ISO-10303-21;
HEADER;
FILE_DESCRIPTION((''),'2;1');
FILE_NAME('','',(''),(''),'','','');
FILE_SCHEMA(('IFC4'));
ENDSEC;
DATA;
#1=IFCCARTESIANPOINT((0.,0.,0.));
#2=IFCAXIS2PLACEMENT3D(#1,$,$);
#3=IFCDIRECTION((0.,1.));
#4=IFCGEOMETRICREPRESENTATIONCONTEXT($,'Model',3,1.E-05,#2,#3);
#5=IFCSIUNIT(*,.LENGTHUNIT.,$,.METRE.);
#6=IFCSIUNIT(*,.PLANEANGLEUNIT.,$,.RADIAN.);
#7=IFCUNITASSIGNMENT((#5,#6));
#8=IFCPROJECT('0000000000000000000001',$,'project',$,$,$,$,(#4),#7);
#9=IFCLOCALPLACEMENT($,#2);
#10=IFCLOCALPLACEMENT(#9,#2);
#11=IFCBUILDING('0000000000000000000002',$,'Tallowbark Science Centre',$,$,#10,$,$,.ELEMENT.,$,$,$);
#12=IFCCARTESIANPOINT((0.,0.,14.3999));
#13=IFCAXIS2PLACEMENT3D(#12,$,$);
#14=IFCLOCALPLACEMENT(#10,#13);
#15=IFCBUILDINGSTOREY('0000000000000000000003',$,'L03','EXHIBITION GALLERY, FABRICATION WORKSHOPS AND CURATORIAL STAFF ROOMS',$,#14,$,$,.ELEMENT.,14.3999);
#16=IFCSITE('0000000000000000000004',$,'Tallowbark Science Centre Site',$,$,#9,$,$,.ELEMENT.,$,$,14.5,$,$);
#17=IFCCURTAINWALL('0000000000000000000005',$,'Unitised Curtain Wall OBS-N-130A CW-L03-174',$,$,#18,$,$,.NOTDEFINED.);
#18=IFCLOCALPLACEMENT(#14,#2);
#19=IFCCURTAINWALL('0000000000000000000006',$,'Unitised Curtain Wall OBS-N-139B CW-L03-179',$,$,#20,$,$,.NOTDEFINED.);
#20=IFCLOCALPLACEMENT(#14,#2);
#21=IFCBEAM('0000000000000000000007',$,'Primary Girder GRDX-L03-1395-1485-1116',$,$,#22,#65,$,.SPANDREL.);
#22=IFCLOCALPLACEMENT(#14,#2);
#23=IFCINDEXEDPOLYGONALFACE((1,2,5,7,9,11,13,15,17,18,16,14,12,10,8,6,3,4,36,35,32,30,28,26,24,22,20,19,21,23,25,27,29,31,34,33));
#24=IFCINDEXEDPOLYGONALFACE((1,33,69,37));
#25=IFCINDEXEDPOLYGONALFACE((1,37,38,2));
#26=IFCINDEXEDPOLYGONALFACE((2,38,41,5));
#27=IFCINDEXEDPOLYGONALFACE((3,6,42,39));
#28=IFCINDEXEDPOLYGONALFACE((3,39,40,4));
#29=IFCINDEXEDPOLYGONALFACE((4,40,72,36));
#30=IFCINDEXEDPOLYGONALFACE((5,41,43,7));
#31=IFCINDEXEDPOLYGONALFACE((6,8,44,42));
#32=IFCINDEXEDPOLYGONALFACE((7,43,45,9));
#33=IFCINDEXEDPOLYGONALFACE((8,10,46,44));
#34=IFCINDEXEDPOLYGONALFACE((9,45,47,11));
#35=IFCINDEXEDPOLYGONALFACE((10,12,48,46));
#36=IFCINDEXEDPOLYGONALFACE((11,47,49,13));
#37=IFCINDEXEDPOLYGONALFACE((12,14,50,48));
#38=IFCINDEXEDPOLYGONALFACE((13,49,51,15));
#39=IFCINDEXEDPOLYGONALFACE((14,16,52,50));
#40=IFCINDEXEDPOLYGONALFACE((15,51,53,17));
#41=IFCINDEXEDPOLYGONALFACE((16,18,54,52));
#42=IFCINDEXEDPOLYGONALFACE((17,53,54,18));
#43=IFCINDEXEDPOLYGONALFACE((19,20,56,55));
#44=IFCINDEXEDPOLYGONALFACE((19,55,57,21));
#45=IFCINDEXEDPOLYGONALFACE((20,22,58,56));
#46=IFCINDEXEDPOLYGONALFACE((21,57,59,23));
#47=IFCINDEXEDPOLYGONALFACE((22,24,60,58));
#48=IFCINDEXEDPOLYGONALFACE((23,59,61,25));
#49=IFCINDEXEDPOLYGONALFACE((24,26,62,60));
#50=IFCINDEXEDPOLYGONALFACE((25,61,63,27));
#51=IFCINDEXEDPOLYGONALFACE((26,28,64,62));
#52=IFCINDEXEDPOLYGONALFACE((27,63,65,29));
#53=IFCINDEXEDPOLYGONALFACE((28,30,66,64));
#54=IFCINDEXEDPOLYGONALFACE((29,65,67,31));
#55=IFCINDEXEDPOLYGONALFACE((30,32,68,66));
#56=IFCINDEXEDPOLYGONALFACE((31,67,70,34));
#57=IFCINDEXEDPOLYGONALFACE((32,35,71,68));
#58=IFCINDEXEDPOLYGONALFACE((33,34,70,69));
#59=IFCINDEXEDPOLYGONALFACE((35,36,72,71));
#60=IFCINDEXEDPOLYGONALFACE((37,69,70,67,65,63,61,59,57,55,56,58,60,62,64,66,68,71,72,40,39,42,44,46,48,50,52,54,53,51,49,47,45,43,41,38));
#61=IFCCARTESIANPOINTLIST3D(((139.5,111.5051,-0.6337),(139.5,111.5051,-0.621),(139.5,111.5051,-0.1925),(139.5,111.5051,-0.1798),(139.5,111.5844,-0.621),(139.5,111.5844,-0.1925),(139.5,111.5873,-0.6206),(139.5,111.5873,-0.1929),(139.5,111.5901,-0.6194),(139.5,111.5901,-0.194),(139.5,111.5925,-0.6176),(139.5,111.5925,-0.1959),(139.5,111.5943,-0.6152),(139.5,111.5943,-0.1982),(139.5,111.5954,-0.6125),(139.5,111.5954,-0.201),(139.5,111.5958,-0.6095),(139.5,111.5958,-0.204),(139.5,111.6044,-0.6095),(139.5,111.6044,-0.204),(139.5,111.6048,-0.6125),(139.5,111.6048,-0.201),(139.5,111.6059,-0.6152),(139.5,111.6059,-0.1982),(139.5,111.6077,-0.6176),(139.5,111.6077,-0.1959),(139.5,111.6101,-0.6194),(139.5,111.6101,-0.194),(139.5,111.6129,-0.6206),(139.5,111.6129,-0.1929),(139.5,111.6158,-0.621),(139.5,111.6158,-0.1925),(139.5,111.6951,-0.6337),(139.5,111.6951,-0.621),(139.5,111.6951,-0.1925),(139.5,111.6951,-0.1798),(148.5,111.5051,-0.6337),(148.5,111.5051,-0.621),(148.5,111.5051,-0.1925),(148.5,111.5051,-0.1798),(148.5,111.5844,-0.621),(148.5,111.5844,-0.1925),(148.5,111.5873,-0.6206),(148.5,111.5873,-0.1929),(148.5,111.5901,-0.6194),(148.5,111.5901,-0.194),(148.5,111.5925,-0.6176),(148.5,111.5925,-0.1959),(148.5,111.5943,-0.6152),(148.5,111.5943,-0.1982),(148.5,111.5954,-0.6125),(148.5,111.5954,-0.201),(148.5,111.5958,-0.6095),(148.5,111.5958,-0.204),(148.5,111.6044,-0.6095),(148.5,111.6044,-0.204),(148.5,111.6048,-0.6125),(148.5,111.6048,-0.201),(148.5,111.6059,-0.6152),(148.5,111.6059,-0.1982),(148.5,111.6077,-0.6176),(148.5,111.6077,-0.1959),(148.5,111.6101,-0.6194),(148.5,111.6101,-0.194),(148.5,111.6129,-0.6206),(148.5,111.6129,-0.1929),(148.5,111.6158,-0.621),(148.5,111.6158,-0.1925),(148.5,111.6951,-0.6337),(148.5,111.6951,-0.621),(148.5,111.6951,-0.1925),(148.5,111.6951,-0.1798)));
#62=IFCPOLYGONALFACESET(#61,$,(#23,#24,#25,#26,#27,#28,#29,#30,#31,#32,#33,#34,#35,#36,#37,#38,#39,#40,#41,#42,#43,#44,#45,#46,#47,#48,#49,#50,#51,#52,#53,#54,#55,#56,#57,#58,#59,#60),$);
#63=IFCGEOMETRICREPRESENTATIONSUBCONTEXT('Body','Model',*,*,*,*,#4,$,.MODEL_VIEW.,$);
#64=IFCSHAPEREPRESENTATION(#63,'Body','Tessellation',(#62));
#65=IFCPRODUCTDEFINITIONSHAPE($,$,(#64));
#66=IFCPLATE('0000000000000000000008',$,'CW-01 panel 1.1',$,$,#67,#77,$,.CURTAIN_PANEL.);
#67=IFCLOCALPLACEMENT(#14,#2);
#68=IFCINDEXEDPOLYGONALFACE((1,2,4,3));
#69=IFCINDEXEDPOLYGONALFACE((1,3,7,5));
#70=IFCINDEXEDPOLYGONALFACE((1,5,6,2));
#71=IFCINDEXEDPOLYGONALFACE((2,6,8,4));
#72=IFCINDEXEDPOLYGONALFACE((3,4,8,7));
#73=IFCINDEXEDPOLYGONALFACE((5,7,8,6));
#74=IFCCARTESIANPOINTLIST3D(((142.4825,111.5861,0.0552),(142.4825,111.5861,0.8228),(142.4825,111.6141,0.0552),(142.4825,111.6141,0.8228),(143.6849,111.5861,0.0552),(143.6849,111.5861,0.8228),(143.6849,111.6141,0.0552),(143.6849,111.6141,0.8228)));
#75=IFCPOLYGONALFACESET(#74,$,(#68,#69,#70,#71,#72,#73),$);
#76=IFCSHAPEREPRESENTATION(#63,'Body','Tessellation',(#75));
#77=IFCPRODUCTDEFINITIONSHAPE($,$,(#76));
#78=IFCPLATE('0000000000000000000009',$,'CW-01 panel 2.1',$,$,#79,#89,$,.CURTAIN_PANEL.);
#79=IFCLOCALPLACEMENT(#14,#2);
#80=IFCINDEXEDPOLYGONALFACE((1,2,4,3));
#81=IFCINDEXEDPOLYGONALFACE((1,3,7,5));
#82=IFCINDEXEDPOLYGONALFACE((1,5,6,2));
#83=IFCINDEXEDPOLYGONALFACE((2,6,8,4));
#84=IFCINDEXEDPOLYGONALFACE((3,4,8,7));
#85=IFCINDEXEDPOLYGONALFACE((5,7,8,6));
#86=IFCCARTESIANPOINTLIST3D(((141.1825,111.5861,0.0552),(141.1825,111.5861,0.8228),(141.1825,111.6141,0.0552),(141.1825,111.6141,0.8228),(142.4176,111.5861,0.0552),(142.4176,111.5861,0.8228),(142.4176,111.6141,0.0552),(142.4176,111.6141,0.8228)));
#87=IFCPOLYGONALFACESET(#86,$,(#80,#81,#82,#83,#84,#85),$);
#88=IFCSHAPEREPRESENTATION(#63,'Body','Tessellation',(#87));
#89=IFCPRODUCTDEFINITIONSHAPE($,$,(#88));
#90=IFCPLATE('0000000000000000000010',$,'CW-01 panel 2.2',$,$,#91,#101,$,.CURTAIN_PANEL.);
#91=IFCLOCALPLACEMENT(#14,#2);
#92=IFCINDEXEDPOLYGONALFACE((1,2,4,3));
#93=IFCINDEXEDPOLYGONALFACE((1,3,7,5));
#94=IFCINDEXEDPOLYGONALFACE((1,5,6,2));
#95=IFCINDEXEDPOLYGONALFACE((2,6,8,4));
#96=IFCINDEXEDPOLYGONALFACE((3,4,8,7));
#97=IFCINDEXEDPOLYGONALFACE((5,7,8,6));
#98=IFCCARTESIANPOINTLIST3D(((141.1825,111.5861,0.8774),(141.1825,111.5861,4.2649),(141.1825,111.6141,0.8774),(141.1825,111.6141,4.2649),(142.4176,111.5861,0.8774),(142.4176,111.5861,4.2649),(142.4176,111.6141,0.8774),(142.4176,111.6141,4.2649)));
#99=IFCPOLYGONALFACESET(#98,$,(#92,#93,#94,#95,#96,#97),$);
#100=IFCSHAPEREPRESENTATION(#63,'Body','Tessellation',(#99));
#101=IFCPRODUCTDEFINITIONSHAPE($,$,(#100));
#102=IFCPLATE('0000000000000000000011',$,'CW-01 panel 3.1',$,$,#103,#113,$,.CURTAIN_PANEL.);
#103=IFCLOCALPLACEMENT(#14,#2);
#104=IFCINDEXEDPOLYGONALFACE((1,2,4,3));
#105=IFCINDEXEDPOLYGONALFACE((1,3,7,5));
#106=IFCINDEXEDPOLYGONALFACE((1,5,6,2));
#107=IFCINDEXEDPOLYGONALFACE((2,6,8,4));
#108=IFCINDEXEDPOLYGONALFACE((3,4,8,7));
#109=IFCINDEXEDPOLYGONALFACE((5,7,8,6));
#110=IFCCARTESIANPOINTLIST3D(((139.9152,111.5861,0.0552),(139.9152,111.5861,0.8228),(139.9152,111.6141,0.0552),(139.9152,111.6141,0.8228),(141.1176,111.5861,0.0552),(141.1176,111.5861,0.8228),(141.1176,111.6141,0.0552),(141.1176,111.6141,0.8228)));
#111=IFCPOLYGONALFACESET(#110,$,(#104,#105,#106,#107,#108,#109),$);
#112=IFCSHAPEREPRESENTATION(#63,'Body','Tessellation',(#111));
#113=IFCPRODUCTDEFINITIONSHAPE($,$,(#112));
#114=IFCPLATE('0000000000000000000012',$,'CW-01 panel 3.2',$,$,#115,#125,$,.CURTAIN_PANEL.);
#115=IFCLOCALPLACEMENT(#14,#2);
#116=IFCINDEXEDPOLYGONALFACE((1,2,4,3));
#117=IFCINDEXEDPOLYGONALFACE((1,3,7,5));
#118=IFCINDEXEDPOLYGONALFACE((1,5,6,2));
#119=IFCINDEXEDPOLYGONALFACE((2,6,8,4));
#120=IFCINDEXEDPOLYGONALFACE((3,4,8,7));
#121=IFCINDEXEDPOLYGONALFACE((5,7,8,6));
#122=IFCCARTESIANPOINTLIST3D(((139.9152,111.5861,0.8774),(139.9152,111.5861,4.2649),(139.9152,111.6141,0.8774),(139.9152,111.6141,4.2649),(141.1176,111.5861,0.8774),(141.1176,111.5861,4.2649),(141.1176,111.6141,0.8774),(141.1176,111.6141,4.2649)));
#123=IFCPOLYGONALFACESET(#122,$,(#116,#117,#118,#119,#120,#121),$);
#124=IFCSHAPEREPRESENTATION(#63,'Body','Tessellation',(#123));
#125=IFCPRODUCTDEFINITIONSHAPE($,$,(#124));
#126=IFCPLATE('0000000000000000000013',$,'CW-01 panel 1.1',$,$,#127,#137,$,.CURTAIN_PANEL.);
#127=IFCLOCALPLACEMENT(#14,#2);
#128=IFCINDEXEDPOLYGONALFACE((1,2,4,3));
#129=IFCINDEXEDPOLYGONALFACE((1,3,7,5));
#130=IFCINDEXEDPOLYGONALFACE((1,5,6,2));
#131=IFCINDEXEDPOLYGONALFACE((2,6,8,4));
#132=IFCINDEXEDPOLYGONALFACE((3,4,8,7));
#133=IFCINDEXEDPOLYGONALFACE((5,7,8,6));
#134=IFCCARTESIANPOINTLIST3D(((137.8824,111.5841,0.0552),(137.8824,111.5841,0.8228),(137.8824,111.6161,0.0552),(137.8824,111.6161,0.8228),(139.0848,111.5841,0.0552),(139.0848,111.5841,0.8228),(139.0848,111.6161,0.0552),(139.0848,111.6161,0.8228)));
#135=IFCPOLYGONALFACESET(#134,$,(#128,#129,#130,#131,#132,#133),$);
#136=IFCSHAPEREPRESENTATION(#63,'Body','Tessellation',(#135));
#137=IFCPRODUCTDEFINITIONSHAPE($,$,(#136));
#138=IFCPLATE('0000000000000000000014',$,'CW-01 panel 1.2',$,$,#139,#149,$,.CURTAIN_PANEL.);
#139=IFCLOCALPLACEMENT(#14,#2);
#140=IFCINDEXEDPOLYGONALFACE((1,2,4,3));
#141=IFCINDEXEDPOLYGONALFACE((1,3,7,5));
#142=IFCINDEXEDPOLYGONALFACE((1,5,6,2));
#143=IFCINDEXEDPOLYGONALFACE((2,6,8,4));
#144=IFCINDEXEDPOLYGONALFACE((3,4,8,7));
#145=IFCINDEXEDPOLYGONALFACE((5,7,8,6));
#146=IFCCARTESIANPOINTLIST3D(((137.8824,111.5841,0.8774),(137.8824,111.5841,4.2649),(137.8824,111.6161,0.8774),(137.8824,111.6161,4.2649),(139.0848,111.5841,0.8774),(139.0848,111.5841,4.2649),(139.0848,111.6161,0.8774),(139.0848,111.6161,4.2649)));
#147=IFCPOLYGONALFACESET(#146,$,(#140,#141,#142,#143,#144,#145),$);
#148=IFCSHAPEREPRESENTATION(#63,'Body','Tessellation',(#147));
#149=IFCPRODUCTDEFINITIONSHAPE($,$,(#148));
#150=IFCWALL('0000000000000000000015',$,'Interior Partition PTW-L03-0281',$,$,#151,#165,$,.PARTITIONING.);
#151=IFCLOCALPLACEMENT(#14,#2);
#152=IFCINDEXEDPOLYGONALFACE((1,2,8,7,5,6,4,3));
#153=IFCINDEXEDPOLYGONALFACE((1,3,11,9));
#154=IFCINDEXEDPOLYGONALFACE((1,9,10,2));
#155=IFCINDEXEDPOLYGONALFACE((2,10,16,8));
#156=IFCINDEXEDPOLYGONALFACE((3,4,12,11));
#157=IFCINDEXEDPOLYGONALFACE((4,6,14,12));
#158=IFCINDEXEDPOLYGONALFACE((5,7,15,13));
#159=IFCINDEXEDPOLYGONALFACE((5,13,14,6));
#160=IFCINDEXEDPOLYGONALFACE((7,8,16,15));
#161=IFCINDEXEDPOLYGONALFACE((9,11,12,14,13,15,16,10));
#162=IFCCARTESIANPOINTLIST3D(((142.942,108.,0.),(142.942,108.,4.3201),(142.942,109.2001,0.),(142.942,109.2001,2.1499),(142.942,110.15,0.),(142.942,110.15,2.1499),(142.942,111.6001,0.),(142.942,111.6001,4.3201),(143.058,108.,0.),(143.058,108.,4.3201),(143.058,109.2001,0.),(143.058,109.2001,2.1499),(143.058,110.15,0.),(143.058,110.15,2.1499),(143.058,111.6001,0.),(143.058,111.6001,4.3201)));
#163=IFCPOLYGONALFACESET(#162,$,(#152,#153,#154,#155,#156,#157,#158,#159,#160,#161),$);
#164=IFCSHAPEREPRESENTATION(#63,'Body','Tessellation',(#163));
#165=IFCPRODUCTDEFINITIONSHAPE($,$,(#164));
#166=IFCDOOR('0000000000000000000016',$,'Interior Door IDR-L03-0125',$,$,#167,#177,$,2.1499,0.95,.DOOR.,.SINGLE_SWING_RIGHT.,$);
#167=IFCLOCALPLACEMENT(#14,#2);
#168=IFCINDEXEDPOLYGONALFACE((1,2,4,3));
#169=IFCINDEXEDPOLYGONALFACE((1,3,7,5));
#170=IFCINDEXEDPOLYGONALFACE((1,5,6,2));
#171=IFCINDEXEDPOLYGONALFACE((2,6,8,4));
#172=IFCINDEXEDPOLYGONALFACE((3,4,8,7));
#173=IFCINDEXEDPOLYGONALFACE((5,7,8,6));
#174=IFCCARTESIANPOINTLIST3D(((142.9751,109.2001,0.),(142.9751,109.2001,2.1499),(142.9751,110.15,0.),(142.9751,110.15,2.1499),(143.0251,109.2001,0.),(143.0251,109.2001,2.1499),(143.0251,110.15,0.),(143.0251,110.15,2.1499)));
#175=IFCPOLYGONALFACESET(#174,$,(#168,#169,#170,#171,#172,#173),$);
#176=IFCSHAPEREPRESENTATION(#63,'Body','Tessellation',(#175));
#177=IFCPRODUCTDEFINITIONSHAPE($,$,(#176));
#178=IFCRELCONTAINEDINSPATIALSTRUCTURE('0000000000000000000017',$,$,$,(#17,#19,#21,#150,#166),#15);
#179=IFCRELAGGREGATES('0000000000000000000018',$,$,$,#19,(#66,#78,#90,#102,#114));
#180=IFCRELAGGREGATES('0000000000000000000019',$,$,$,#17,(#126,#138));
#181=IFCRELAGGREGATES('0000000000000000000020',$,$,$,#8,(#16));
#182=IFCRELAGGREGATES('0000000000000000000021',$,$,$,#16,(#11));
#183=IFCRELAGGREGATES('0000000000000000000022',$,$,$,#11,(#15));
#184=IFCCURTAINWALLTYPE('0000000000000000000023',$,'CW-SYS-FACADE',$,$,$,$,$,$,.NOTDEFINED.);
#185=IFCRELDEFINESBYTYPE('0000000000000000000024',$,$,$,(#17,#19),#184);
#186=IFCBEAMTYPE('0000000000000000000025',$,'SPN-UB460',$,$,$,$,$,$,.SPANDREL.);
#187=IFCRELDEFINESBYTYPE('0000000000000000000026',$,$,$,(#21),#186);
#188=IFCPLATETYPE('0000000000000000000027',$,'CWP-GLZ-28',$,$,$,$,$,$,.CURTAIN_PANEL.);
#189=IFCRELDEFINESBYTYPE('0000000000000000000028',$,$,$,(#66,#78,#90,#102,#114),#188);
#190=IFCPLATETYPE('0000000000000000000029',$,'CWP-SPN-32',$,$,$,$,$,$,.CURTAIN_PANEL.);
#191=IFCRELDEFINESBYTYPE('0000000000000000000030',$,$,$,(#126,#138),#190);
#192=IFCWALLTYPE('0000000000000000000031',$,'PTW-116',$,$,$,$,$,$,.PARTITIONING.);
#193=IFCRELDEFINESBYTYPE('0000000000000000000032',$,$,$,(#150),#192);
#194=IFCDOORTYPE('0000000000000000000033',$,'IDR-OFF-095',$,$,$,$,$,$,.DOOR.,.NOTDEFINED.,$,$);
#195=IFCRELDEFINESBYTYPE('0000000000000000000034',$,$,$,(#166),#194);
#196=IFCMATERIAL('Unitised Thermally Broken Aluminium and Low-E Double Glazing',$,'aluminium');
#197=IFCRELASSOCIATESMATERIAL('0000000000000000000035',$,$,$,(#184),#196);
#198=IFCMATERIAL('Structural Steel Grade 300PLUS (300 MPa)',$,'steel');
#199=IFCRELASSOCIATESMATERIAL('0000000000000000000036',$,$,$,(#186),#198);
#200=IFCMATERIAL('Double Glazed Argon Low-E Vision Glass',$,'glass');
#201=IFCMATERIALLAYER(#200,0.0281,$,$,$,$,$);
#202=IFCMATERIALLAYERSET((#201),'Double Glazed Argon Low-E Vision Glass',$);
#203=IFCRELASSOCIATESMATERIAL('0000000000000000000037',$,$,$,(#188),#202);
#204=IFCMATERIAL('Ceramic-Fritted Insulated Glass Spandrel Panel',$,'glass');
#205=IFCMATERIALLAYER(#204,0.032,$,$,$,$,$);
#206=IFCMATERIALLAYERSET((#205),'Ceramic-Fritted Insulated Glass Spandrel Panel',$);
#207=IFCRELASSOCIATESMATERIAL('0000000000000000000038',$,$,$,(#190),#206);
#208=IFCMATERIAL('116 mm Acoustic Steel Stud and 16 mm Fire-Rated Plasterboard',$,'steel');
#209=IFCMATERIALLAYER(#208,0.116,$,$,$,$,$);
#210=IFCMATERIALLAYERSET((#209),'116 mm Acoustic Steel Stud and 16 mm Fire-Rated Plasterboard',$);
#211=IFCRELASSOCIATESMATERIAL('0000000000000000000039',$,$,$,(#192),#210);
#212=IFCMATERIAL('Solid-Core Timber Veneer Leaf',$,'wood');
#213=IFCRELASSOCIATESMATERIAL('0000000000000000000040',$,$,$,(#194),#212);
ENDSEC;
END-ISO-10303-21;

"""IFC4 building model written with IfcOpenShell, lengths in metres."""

from ifc_helpers import new_model, si_unit, direction, frame, frame_2d, origin, origin_2d, place, context, subcontext, project, spatial, rectangle, i_section, extrude, material, layer, layer_set, material_profile, profile_set, type_object, element, fill, aggregate, save


model = new_model("IFC4")

# Units and contexts
model_context = context("Model", 3, precision=1e-05, world=origin(), true_north=direction((0.0, 1.0)))
body_context = subcontext(model_context, "Body", "Model", "MODEL_VIEW")
ifc_project = project(units=[si_unit("LENGTHUNIT", "METRE"), si_unit("PLANEANGLEUNIT", "RADIAN")], contexts=[model_context])

# Site, building, storey
site_placement = place(None, origin())
site = spatial("IfcSite", under=ifc_project, at=site_placement, Name="Tallowbark Science Centre Site", CompositionType="ELEMENT", RefElevation=14.5)
building_placement = place(site_placement, origin())
building = spatial("IfcBuilding", under=site, at=building_placement, Name="Tallowbark Science Centre", CompositionType="ELEMENT")
storey_placement = place(building_placement, frame((0.0, 0.0, 14.3999)))
storey = spatial("IfcBuildingStorey", under=building, at=storey_placement, Name="L03", Description="EXHIBITION GALLERY, FABRICATION WORKSHOPS AND CURATORIAL STAFF ROOMS", CompositionType="ELEMENT", Elevation=14.3999)

# Shared definitions
ifc_material_1 = material(Name="Structural Steel Grade 300PLUS (300 MPa)", Category="steel")

# Curtain walls
ifc_material_2 = material(Name="Unitised Thermally Broken Aluminium and Low-E Double Glazing", Category="aluminium")
curtain_wall_type = type_object("IfcCurtainWallType", Name="CW-SYS-FACADE", PredefinedType="NOTDEFINED", material=ifc_material_2)
curtain_wall_1_placement = place(storey_placement, origin())
curtain_wall_1 = element("IfcCurtainWall", 1, at=curtain_wall_1_placement, inside=storey, type_object=curtain_wall_type, Name="Unitised Curtain Wall OBS-N-130A CW-L03-174", PredefinedType="NOTDEFINED")
curtain_wall_2_placement = place(storey_placement, origin())
curtain_wall_2 = element("IfcCurtainWall", 2, at=curtain_wall_2_placement, inside=storey, type_object=curtain_wall_type, Name="Unitised Curtain Wall OBS-N-139B CW-L03-179", PredefinedType="NOTDEFINED")

# Beam
ifc_material_profile_1 = material_profile(ifc_material_1, i_section(OverallWidth=0.1899, OverallDepth=0.4539, WebThickness=0.0085, FlangeThickness=0.0127, FilletRadius=0.0115, at=origin_2d()), Name="460UB67.1")
ifc_profile_set_1 = profile_set([ifc_material_profile_1], Name="Structural Steel Grade 300PLUS (300 MPa)")
beam_type_1 = type_object("IfcBeamType", Name="SPN-UB460", PredefinedType="SPANDREL", material=ifc_profile_set_1)
for number, where, z_axis, x_axis, name in (
    (3, (139.5, 111.6001, -0.4067), (1.0, 0.0, 0.0), (0.0, 1.0, 0.0), "Primary Girder GRDX-L03-1395-1485-1116"),
):
    element("IfcBeam", number, at=place(storey_placement, frame(where, z_axis=z_axis, x_axis=x_axis)), inside=storey, type_object=beam_type_1, Name=name, PredefinedType="SPANDREL", context=body_context, shape_type="SweptSolid", body=[
        extrude(i_section(OverallWidth=0.1899, OverallDepth=0.4539, WebThickness=0.0085, FlangeThickness=0.0127, FilletRadius=0.0115, at=origin_2d()), origin(), (0.0, 0.0, 1.0), 9.0),
    ])

# Plates
ifc_material_3 = material(Name="Double Glazed Argon Low-E Vision Glass", Category="glass")
ifc_layer_1 = layer(ifc_material_3, 0.0281)
ifc_layer_set_1 = layer_set([ifc_layer_1], Name="Double Glazed Argon Low-E Vision Glass")
plate_type_1 = type_object("IfcPlateType", Name="CWP-GLZ-28", PredefinedType="CURTAIN_PANEL", material=ifc_layer_set_1)
plate_1_placement = place(storey_placement, frame((143.0837, 111.6001, 0.0552), z_axis=(0.0, 0.0, 1.0), x_axis=(-1.0, 0.0, 0.0)))
plate_1 = element("IfcPlate", 4, at=plate_1_placement, type_object=plate_type_1, Name="CW-01 panel 1.1", PredefinedType="CURTAIN_PANEL", context=body_context, shape_type="SweptSolid", body=[
    extrude(rectangle(XDim=1.2024, YDim=0.0281, at=origin_2d()), origin(), (0.0, 0.0, 1.0), 0.7676),
])
plate_2_placement = place(storey_placement, frame((141.8, 111.6001, 0.0552), z_axis=(0.0, 0.0, 1.0), x_axis=(-1.0, 0.0, 0.0)))
plate_2 = element("IfcPlate", 5, at=plate_2_placement, type_object=plate_type_1, Name="CW-01 panel 2.1", PredefinedType="CURTAIN_PANEL", context=body_context, shape_type="SweptSolid", body=[
    extrude(rectangle(XDim=1.2351, YDim=0.0281, at=origin_2d()), origin(), (0.0, 0.0, 1.0), 0.7676),
])
plate_3_placement = place(storey_placement, frame((141.8, 111.6001, 0.8774), z_axis=(0.0, 0.0, 1.0), x_axis=(-1.0, 0.0, 0.0)))
plate_3 = element("IfcPlate", 6, at=plate_3_placement, type_object=plate_type_1, Name="CW-01 panel 2.2", PredefinedType="CURTAIN_PANEL", context=body_context, shape_type="SweptSolid", body=[
    extrude(rectangle(XDim=1.2351, YDim=0.0281, at=origin_2d()), origin(), (0.0, 0.0, 1.0), 3.3875),
])
plate_4_placement = place(storey_placement, frame((140.5164, 111.6001, 0.0552), z_axis=(0.0, 0.0, 1.0), x_axis=(-1.0, 0.0, 0.0)))
plate_4 = element("IfcPlate", 7, at=plate_4_placement, type_object=plate_type_1, Name="CW-01 panel 3.1", PredefinedType="CURTAIN_PANEL", context=body_context, shape_type="SweptSolid", body=[
    extrude(rectangle(XDim=1.2024, YDim=0.0281, at=origin_2d()), origin(), (0.0, 0.0, 1.0), 0.7676),
])
plate_5_placement = place(storey_placement, frame((140.5164, 111.6001, 0.8774), z_axis=(0.0, 0.0, 1.0), x_axis=(-1.0, 0.0, 0.0)))
plate_5 = element("IfcPlate", 8, at=plate_5_placement, type_object=plate_type_1, Name="CW-01 panel 3.2", PredefinedType="CURTAIN_PANEL", context=body_context, shape_type="SweptSolid", body=[
    extrude(rectangle(XDim=1.2024, YDim=0.0281, at=origin_2d()), origin(), (0.0, 0.0, 1.0), 3.3875),
])
aggregate(curtain_wall_2, [plate_1, plate_2, plate_3, plate_4, plate_5])
ifc_material_4 = material(Name="Ceramic-Fritted Insulated Glass Spandrel Panel", Category="glass")
ifc_layer_2 = layer(ifc_material_4, 0.032)
ifc_layer_set_2 = layer_set([ifc_layer_2], Name="Ceramic-Fritted Insulated Glass Spandrel Panel")
plate_type_2 = type_object("IfcPlateType", Name="CWP-SPN-32", PredefinedType="CURTAIN_PANEL", material=ifc_layer_set_2)
plate_6_placement = place(storey_placement, frame((138.4836, 111.6001, 0.0552), z_axis=(0.0, 0.0, 1.0), x_axis=(-1.0, 0.0, 0.0)))
plate_6 = element("IfcPlate", 9, at=plate_6_placement, type_object=plate_type_2, Name="CW-01 panel 1.1", PredefinedType="CURTAIN_PANEL", context=body_context, shape_type="SweptSolid", body=[
    extrude(rectangle(XDim=1.2024, YDim=0.032, at=origin_2d()), origin(), (0.0, 0.0, 1.0), 0.7676),
])
plate_7_placement = place(storey_placement, frame((138.4836, 111.6001, 0.8774), z_axis=(0.0, 0.0, 1.0), x_axis=(-1.0, 0.0, 0.0)))
plate_7 = element("IfcPlate", 10, at=plate_7_placement, type_object=plate_type_2, Name="CW-01 panel 1.2", PredefinedType="CURTAIN_PANEL", context=body_context, shape_type="SweptSolid", body=[
    extrude(rectangle(XDim=1.2024, YDim=0.032, at=origin_2d()), origin(), (0.0, 0.0, 1.0), 3.3875),
])
aggregate(curtain_wall_1, [plate_6, plate_7])

# Wall, opening, door
ifc_material_5 = material(Name="116 mm Acoustic Steel Stud and 16 mm Fire-Rated Plasterboard", Category="steel")
ifc_layer_3 = layer(ifc_material_5, 0.116)
ifc_layer_set_3 = layer_set([ifc_layer_3], Name="116 mm Acoustic Steel Stud and 16 mm Fire-Rated Plasterboard")
wall_type = type_object("IfcWallType", Name="PTW-116", PredefinedType="PARTITIONING", material=ifc_layer_set_3)
wall_placement = place(storey_placement, frame((143.0, 108.0, 0.0), z_axis=(0.0, 0.0, 1.0), x_axis=(0.0, 1.0, 0.0)))
wall = element("IfcWall", 11, at=wall_placement, inside=storey, type_object=wall_type, Name="Interior Partition PTW-L03-0281", PredefinedType="PARTITIONING", context=body_context, shape_type="SweptSolid", body=[
    extrude(rectangle(XDim=3.6001, YDim=0.116, at=frame_2d((1.8, 0.0))), origin(), (0.0, 0.0, 1.0), 4.3201),
])
opening_placement = place(wall_placement, frame((1.2, 0.0, 0.0)))
opening = element("IfcOpeningElement", 12, at=opening_placement, cuts=wall, PredefinedType="OPENING", context=body_context, shape_type="SweptSolid", body=[
    extrude(rectangle(XDim=0.95, YDim=2.1499, at=frame_2d((0.4751, 1.075))), frame((0.0, 0.0679, 0.0), z_axis=(0.0, -1.0, 0.0), x_axis=(1.0, 0.0, 0.0)), (0.0, 0.0, 1.0), 0.136),
])
ifc_material_6 = material(Name="Solid-Core Timber Veneer Leaf", Category="wood")
door_type = type_object("IfcDoorType", Name="IDR-OFF-095", OperationType="NOTDEFINED", PredefinedType="DOOR", material=ifc_material_6)
door_placement = place(opening_placement, origin())
door = element("IfcDoor", 13, at=door_placement, inside=storey, type_object=door_type, Name="Interior Door IDR-L03-0125", OperationType="SINGLE_SWING_RIGHT", OverallHeight=2.1499, OverallWidth=0.95, PredefinedType="DOOR", context=body_context, shape_type="SweptSolid", body=[
    extrude(rectangle(XDim=0.95, YDim=2.1499, at=frame_2d((0.4751, 1.075))), frame((0.0, 0.0249, 0.0), z_axis=(0.0, -1.0, 0.0), x_axis=(1.0, 0.0, 0.0)), (0.0, 0.0, 1.0), 0.05),
])
fill(opening, door)

save(model, "model.ifc")
